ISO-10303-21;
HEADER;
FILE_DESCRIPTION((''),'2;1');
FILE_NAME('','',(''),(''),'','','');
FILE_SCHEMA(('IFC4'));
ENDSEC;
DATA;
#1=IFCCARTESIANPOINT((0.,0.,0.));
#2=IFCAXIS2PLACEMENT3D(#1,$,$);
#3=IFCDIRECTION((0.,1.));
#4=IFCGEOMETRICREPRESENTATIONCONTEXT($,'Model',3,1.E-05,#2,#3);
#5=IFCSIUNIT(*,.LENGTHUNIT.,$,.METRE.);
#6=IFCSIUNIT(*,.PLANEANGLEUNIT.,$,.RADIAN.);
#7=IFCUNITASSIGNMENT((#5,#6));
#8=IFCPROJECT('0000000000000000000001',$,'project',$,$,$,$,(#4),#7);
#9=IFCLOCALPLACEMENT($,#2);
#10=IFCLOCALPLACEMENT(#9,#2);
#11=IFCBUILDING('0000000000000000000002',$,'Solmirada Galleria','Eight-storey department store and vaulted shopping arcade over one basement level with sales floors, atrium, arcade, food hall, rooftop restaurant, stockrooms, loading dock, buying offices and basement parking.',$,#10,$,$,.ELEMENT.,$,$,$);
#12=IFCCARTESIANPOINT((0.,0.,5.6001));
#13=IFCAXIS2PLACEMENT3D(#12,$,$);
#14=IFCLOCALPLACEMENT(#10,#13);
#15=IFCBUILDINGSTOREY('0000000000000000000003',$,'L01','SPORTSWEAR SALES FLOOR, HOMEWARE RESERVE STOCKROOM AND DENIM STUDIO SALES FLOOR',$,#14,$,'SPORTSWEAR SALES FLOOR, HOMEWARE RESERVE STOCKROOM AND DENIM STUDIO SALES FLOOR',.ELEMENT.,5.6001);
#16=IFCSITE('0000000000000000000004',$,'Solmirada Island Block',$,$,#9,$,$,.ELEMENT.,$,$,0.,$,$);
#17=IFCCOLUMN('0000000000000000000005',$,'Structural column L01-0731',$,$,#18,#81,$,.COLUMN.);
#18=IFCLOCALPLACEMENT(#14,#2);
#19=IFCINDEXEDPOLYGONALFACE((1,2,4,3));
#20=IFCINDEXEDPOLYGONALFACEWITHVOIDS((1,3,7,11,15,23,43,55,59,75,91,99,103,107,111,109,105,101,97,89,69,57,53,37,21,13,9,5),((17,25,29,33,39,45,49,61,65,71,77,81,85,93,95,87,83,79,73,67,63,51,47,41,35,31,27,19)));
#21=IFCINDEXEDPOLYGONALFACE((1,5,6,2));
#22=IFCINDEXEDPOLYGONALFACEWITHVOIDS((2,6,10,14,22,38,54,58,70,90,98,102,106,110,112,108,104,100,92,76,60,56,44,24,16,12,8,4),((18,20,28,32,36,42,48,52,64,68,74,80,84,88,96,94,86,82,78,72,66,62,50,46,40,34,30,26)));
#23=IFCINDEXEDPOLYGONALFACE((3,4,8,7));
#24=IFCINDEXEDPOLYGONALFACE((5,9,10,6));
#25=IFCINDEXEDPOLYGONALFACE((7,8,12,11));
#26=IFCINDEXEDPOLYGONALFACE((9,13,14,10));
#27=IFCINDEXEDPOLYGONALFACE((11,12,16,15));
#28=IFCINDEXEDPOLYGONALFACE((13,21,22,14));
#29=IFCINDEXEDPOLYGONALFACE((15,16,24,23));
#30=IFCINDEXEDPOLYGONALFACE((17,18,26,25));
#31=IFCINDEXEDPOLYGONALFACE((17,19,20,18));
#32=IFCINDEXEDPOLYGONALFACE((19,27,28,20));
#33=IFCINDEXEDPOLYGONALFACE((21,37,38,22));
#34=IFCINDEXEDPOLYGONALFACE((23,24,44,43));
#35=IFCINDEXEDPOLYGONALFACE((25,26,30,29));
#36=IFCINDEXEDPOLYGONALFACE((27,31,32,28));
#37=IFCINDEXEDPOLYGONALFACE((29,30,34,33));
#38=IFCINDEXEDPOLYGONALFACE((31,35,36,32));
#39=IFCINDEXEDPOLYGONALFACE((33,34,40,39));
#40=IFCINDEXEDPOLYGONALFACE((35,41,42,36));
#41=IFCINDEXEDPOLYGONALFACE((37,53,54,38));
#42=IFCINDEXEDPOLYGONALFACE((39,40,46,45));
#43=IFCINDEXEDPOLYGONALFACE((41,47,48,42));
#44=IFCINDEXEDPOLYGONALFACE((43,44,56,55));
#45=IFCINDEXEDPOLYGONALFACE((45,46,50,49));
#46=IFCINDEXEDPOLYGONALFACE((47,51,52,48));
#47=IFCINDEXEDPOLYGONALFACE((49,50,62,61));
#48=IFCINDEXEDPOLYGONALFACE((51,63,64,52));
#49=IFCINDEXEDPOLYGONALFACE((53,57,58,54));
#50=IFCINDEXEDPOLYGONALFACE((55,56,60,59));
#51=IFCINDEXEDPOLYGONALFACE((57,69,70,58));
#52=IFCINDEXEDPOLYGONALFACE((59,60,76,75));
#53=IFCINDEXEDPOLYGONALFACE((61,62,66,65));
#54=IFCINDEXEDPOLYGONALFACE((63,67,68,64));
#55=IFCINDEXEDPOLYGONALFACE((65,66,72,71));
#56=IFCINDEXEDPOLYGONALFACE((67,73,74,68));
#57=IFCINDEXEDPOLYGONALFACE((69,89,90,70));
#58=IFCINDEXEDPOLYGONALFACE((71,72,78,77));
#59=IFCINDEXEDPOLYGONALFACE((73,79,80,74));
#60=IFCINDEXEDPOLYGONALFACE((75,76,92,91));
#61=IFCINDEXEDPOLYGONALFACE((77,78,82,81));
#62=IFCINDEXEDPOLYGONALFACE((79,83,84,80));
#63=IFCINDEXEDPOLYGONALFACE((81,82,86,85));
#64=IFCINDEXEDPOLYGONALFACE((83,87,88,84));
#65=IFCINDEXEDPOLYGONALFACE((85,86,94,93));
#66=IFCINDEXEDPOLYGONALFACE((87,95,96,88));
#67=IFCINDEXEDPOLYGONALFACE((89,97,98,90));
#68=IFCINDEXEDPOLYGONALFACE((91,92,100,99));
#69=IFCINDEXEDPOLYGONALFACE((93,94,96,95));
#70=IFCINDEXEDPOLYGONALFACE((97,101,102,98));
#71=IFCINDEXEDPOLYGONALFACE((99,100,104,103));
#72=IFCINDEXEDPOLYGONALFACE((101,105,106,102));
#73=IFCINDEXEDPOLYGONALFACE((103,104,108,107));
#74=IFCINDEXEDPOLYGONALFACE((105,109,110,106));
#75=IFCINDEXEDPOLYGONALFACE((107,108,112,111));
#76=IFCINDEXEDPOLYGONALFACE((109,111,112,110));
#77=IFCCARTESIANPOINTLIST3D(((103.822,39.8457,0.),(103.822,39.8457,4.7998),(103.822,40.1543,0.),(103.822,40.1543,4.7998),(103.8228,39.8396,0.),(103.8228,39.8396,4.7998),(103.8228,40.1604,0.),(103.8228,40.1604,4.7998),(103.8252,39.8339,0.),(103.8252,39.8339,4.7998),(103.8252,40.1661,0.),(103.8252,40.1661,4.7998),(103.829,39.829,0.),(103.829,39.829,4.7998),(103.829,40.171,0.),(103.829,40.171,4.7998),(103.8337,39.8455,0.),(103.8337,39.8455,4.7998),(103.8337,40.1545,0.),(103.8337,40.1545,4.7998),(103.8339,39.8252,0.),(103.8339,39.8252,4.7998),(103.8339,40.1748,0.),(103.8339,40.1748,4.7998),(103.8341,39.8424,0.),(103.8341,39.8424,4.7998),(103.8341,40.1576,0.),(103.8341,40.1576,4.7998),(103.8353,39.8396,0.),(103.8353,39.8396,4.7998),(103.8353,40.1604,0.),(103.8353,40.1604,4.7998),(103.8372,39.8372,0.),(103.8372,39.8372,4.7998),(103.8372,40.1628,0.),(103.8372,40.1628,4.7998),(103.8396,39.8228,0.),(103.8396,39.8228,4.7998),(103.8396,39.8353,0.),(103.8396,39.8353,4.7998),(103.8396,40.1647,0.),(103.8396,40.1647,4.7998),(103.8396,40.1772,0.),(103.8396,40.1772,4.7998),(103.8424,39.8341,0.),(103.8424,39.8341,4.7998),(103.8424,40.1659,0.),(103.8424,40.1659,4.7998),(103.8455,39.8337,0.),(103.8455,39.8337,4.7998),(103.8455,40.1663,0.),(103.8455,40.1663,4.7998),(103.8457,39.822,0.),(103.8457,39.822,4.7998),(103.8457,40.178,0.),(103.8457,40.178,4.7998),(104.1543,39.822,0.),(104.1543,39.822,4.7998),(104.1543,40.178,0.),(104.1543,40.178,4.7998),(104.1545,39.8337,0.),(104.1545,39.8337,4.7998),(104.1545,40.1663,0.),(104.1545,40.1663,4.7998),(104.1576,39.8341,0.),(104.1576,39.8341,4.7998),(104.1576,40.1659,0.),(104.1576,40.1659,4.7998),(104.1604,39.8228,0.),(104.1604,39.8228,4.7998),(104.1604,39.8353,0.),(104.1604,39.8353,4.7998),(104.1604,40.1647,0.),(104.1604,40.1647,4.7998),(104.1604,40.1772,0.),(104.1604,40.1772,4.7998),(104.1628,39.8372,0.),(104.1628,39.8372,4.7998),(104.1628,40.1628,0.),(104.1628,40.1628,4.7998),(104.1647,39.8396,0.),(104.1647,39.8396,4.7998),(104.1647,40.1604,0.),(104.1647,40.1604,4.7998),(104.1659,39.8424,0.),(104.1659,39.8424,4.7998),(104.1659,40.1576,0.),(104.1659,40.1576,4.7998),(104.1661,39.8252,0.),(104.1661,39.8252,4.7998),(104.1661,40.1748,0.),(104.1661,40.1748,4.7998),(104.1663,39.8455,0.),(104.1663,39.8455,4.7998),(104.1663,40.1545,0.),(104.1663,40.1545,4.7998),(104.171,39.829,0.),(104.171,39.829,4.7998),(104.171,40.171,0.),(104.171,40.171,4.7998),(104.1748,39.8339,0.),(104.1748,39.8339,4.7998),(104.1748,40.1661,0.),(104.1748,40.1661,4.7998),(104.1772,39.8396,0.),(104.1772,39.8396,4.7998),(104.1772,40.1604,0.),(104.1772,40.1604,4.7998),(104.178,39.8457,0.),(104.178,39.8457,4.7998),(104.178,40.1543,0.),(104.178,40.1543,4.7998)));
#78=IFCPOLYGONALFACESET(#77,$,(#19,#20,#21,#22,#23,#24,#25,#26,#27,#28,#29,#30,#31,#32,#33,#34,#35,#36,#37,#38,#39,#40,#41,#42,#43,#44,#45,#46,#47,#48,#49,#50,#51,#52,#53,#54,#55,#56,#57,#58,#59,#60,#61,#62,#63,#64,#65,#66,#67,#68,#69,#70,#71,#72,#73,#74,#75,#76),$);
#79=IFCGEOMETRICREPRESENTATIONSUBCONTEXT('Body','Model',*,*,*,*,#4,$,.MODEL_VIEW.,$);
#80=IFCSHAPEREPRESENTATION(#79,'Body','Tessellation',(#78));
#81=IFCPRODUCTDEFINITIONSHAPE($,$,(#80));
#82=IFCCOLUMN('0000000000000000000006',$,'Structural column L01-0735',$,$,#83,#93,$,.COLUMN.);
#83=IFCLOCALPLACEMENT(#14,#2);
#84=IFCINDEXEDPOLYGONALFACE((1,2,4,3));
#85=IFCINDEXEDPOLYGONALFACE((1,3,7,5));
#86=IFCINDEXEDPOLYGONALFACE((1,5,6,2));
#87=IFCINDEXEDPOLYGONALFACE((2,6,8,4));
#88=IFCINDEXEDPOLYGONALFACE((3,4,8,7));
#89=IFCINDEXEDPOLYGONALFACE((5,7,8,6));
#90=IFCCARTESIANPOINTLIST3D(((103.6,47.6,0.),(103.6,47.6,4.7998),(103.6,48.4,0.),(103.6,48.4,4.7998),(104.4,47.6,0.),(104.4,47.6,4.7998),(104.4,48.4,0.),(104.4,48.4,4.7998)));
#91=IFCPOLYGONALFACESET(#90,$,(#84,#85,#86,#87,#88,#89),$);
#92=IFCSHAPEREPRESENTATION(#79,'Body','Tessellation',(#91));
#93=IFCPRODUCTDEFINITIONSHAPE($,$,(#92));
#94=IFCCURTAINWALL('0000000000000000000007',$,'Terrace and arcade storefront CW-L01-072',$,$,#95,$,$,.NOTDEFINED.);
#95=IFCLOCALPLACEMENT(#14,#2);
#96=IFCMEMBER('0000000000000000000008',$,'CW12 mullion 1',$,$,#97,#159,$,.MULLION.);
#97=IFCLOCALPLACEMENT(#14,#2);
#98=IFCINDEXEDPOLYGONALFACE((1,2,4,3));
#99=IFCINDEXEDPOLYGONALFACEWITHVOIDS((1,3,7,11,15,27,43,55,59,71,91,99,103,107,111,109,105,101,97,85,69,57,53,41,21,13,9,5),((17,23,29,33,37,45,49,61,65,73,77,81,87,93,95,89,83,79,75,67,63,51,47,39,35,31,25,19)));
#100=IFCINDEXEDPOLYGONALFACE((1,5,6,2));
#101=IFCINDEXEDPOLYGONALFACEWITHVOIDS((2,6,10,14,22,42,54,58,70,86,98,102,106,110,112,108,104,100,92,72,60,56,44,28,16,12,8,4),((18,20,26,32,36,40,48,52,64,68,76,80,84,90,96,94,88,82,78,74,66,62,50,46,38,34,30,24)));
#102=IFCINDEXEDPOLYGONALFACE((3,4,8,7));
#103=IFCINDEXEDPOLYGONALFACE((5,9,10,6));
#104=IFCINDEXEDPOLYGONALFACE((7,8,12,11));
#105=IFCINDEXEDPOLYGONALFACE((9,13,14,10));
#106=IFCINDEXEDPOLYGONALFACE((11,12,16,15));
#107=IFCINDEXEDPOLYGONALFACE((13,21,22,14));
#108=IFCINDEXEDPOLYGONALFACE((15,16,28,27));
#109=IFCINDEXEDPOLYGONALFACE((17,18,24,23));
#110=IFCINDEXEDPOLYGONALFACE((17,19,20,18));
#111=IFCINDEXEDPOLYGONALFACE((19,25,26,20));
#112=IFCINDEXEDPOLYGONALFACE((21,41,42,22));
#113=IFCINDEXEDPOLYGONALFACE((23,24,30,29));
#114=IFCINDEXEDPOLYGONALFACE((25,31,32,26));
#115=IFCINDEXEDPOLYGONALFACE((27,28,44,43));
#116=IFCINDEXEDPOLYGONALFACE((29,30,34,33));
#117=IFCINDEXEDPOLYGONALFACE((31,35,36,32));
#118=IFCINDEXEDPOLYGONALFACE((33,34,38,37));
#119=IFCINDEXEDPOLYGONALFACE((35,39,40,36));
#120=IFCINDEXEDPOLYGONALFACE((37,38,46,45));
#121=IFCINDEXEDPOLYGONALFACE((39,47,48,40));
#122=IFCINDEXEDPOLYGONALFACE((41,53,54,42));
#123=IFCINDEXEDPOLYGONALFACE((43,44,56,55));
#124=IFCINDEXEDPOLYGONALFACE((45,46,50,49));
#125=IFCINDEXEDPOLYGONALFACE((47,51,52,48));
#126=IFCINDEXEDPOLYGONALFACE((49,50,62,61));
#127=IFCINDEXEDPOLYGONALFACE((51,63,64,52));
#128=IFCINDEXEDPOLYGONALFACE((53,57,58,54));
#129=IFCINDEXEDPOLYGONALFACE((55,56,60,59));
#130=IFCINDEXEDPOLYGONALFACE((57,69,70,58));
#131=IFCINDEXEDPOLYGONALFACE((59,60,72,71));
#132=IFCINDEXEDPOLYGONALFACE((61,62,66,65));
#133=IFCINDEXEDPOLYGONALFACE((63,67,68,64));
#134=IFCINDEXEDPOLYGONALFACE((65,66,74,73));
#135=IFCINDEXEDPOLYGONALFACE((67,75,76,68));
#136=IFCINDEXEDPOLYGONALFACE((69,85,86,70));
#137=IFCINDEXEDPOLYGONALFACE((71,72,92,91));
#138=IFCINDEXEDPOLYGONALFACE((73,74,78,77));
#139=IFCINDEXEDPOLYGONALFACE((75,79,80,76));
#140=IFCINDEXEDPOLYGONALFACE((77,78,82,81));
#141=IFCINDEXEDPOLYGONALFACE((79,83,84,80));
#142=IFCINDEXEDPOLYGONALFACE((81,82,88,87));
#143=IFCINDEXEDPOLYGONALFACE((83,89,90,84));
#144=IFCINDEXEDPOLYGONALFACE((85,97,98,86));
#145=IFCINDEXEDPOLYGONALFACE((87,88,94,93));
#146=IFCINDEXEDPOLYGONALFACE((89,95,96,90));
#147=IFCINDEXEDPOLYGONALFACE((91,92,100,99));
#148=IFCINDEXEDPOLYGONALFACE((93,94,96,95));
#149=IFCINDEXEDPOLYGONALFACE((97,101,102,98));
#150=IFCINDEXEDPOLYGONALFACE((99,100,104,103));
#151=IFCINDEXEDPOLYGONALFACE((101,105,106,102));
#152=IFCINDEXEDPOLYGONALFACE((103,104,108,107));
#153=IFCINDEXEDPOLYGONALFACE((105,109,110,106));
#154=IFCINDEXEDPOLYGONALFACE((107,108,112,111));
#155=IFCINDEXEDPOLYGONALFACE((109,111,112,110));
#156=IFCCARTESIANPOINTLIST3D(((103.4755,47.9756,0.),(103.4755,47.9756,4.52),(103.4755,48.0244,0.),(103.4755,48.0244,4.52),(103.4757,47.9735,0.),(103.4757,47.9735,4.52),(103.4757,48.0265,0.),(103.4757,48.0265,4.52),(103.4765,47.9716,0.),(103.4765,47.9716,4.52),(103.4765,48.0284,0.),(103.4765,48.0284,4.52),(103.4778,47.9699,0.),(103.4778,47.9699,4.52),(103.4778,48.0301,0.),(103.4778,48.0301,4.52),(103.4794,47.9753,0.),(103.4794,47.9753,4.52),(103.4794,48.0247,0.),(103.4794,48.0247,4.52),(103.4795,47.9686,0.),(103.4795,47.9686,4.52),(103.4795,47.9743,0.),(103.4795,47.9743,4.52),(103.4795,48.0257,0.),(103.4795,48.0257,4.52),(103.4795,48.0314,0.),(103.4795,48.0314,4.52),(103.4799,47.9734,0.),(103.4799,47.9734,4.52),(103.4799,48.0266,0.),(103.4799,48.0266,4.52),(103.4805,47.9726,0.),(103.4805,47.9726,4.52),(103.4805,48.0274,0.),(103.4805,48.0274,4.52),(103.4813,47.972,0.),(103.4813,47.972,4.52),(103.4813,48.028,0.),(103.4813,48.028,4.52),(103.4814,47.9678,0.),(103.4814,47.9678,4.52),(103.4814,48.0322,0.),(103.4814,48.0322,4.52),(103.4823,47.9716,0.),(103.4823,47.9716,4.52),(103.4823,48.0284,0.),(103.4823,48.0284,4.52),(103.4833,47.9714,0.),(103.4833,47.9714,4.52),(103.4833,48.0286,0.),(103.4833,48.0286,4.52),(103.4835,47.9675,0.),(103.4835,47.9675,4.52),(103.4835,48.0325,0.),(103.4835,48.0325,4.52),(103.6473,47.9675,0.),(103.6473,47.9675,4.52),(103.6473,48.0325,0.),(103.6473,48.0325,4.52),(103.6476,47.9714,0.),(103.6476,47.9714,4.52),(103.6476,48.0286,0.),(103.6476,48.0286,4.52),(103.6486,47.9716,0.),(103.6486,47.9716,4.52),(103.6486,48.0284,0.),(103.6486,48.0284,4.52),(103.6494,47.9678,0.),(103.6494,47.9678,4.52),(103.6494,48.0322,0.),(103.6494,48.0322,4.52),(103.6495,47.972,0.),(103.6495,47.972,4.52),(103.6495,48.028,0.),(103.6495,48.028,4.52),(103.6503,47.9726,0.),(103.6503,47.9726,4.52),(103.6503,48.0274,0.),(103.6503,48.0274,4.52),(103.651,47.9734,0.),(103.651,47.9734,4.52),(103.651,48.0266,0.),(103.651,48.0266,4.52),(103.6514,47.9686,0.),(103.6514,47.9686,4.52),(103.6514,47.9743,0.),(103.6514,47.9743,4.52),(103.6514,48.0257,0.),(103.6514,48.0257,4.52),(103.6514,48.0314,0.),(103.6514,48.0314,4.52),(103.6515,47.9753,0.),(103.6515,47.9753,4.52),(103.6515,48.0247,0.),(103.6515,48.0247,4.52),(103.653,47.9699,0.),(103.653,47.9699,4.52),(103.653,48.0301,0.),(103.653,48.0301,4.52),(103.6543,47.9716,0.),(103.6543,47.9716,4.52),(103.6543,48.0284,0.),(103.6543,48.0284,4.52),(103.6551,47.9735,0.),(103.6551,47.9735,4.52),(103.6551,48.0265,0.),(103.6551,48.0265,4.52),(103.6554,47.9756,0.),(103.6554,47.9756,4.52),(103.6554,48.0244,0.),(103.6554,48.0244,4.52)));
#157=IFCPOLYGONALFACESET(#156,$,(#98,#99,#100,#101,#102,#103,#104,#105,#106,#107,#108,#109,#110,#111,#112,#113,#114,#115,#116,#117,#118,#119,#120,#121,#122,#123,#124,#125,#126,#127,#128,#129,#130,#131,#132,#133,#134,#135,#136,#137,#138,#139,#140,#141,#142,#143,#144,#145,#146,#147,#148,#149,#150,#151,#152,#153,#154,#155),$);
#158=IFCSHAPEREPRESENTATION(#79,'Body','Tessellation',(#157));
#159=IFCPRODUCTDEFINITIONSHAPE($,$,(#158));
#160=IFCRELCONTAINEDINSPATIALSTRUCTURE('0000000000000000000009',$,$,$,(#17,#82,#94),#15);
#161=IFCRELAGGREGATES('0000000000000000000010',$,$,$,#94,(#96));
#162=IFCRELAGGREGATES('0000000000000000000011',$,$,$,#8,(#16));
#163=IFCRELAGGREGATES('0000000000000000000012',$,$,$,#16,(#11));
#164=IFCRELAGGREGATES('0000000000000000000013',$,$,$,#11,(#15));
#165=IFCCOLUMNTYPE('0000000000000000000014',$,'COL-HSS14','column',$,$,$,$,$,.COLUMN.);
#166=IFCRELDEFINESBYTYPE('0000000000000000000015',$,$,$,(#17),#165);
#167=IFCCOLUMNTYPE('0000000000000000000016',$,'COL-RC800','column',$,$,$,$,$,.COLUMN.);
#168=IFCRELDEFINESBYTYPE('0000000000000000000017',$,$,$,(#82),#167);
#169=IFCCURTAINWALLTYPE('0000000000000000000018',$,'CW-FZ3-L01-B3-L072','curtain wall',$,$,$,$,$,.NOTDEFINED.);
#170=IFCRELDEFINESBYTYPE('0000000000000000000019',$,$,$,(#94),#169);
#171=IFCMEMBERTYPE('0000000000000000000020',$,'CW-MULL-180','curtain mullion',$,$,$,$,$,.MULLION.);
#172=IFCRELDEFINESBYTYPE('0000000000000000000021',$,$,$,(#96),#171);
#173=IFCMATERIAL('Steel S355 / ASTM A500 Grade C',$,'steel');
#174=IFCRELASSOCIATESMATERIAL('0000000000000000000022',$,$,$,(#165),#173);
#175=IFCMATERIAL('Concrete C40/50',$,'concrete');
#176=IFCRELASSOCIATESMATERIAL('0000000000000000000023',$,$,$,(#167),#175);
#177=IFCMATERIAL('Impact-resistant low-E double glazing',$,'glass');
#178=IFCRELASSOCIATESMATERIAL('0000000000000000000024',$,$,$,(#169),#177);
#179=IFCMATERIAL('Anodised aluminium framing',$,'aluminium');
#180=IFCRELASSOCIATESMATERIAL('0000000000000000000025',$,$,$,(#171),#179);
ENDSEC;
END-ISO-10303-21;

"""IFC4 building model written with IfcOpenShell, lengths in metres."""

from ifc_helpers import new_model, si_unit, direction, frame, origin, origin_2d, place, context, subcontext, project, spatial, rectangle, hollow_rectangle, extrude, material, material_profile, profile_set, type_object, element, aggregate, save


model = new_model("IFC4")

# Units and contexts
model_context = context("Model", 3, precision=1e-05, world=origin(), true_north=direction((0.0, 1.0)))
body_context = subcontext(model_context, "Body", "Model", "MODEL_VIEW")
ifc_project = project(units=[si_unit("LENGTHUNIT", "METRE"), si_unit("PLANEANGLEUNIT", "RADIAN")], contexts=[model_context])

# Site, building, storey
site_placement = place(None, origin())
site = spatial("IfcSite", under=ifc_project, at=site_placement, Name="Solmirada Island Block", CompositionType="ELEMENT", RefElevation=0.0)
building_placement = place(site_placement, origin())
building = spatial("IfcBuilding", under=site, at=building_placement, Name="Solmirada Galleria", Description="Eight-storey department store and vaulted shopping arcade over one basement level with sales floors, atrium, arcade, food hall, rooftop restaurant, stockrooms, loading dock, buying offices and basement parking.", CompositionType="ELEMENT")
storey_placement = place(building_placement, frame((0.0, 0.0, 5.6001)))
storey = spatial("IfcBuildingStorey", under=building, at=storey_placement, Name="L01", Description="SPORTSWEAR SALES FLOOR, HOMEWARE RESERVE STOCKROOM AND DENIM STUDIO SALES FLOOR", LongName="SPORTSWEAR SALES FLOOR, HOMEWARE RESERVE STOCKROOM AND DENIM STUDIO SALES FLOOR", CompositionType="ELEMENT", Elevation=5.6001)

# Columns
ifc_material_1 = material(Name="Steel S355 / ASTM A500 Grade C", Category="steel")
ifc_material_profile_1 = material_profile(ifc_material_1, hollow_rectangle(XDim=0.356, YDim=0.356, WallThickness=0.0117, InnerFilletRadius=0.0117, OuterFilletRadius=0.0237, at=origin_2d()), Name="HSS14X14X1/2")
ifc_profile_set_1 = profile_set([ifc_material_profile_1], Name="Steel S355 / ASTM A500 Grade C")
column_type_1 = type_object("IfcColumnType", Name="COL-HSS14", Description="column", PredefinedType="COLUMN", material=ifc_profile_set_1)
column_1_placement = place(storey_placement, frame((104.0, 40.0, 0.0), z_axis=(0.0, 0.0, 1.0), x_axis=(1.0, 0.0, 0.0)))
element("IfcColumn", 1, at=column_1_placement, inside=storey, type_object=column_type_1, Name="Structural column L01-0731", PredefinedType="COLUMN", context=body_context, shape_type="SweptSolid", body=[
    extrude(hollow_rectangle(XDim=0.356, YDim=0.356, WallThickness=0.0117, InnerFilletRadius=0.0117, OuterFilletRadius=0.0237, at=origin_2d()), origin(), (0.0, 0.0, 1.0), 4.7998),
])
ifc_material_2 = material(Name="Concrete C40/50", Category="concrete")
ifc_material_profile_2 = material_profile(ifc_material_2, rectangle(XDim=0.8, YDim=0.8, at=origin_2d()), Name="RC800X800")
ifc_profile_set_2 = profile_set([ifc_material_profile_2], Name="Concrete C40/50")
column_type_2 = type_object("IfcColumnType", Name="COL-RC800", Description="column", PredefinedType="COLUMN", material=ifc_profile_set_2)
column_2_placement = place(storey_placement, frame((104.0, 48.0, 0.0), z_axis=(0.0, 0.0, 1.0), x_axis=(1.0, 0.0, 0.0)))
element("IfcColumn", 2, at=column_2_placement, inside=storey, type_object=column_type_2, Name="Structural column L01-0735", PredefinedType="COLUMN", context=body_context, shape_type="SweptSolid", body=[
    extrude(rectangle(XDim=0.8, YDim=0.8, at=origin_2d()), origin(), (0.0, 0.0, 1.0), 4.7998),
])

# Curtain wall, member
ifc_material_3 = material(Name="Impact-resistant low-E double glazing", Category="glass")
curtain_wall_type_1 = type_object("IfcCurtainWallType", Name="CW-FZ3-L01-B3-L072", Description="curtain wall", PredefinedType="NOTDEFINED", material=ifc_material_3)
curtain_wall_1_placement = place(storey_placement, origin())
curtain_wall_1 = element("IfcCurtainWall", 3, at=curtain_wall_1_placement, inside=storey, type_object=curtain_wall_type_1, Name="Terrace and arcade storefront CW-L01-072", PredefinedType="NOTDEFINED")
ifc_material_4 = material(Name="Anodised aluminium framing", Category="aluminium")
ifc_material_profile_3 = material_profile(ifc_material_4, hollow_rectangle(XDim=0.0649, YDim=0.1799, WallThickness=0.0039, InnerFilletRadius=0.0039, OuterFilletRadius=0.0081, at=origin_2d()), Name="ALU-MULL-180X65")
ifc_profile_set_3 = profile_set([ifc_material_profile_3], Name="Anodised aluminium framing")
member_type_1 = type_object("IfcMemberType", Name="CW-MULL-180", Description="curtain mullion", PredefinedType="MULLION", material=ifc_profile_set_3)
member_1_placement = place(storey_placement, frame((103.5654, 48.0, 0.0), z_axis=(0.0, 0.0, 1.0), x_axis=(0.0, -1.0, 0.0)))
member_1 = element("IfcMember", 4, at=member_1_placement, type_object=member_type_1, Name="CW12 mullion 1", PredefinedType="MULLION", context=body_context, shape_type="SweptSolid", body=[
    extrude(hollow_rectangle(XDim=0.0649, YDim=0.1799, WallThickness=0.0039, InnerFilletRadius=0.0039, OuterFilletRadius=0.0081, at=origin_2d()), origin(), (0.0, 0.0, 1.0), 4.52),
])

aggregate(curtain_wall_1, [member_1])

save(model, "model.ifc")
